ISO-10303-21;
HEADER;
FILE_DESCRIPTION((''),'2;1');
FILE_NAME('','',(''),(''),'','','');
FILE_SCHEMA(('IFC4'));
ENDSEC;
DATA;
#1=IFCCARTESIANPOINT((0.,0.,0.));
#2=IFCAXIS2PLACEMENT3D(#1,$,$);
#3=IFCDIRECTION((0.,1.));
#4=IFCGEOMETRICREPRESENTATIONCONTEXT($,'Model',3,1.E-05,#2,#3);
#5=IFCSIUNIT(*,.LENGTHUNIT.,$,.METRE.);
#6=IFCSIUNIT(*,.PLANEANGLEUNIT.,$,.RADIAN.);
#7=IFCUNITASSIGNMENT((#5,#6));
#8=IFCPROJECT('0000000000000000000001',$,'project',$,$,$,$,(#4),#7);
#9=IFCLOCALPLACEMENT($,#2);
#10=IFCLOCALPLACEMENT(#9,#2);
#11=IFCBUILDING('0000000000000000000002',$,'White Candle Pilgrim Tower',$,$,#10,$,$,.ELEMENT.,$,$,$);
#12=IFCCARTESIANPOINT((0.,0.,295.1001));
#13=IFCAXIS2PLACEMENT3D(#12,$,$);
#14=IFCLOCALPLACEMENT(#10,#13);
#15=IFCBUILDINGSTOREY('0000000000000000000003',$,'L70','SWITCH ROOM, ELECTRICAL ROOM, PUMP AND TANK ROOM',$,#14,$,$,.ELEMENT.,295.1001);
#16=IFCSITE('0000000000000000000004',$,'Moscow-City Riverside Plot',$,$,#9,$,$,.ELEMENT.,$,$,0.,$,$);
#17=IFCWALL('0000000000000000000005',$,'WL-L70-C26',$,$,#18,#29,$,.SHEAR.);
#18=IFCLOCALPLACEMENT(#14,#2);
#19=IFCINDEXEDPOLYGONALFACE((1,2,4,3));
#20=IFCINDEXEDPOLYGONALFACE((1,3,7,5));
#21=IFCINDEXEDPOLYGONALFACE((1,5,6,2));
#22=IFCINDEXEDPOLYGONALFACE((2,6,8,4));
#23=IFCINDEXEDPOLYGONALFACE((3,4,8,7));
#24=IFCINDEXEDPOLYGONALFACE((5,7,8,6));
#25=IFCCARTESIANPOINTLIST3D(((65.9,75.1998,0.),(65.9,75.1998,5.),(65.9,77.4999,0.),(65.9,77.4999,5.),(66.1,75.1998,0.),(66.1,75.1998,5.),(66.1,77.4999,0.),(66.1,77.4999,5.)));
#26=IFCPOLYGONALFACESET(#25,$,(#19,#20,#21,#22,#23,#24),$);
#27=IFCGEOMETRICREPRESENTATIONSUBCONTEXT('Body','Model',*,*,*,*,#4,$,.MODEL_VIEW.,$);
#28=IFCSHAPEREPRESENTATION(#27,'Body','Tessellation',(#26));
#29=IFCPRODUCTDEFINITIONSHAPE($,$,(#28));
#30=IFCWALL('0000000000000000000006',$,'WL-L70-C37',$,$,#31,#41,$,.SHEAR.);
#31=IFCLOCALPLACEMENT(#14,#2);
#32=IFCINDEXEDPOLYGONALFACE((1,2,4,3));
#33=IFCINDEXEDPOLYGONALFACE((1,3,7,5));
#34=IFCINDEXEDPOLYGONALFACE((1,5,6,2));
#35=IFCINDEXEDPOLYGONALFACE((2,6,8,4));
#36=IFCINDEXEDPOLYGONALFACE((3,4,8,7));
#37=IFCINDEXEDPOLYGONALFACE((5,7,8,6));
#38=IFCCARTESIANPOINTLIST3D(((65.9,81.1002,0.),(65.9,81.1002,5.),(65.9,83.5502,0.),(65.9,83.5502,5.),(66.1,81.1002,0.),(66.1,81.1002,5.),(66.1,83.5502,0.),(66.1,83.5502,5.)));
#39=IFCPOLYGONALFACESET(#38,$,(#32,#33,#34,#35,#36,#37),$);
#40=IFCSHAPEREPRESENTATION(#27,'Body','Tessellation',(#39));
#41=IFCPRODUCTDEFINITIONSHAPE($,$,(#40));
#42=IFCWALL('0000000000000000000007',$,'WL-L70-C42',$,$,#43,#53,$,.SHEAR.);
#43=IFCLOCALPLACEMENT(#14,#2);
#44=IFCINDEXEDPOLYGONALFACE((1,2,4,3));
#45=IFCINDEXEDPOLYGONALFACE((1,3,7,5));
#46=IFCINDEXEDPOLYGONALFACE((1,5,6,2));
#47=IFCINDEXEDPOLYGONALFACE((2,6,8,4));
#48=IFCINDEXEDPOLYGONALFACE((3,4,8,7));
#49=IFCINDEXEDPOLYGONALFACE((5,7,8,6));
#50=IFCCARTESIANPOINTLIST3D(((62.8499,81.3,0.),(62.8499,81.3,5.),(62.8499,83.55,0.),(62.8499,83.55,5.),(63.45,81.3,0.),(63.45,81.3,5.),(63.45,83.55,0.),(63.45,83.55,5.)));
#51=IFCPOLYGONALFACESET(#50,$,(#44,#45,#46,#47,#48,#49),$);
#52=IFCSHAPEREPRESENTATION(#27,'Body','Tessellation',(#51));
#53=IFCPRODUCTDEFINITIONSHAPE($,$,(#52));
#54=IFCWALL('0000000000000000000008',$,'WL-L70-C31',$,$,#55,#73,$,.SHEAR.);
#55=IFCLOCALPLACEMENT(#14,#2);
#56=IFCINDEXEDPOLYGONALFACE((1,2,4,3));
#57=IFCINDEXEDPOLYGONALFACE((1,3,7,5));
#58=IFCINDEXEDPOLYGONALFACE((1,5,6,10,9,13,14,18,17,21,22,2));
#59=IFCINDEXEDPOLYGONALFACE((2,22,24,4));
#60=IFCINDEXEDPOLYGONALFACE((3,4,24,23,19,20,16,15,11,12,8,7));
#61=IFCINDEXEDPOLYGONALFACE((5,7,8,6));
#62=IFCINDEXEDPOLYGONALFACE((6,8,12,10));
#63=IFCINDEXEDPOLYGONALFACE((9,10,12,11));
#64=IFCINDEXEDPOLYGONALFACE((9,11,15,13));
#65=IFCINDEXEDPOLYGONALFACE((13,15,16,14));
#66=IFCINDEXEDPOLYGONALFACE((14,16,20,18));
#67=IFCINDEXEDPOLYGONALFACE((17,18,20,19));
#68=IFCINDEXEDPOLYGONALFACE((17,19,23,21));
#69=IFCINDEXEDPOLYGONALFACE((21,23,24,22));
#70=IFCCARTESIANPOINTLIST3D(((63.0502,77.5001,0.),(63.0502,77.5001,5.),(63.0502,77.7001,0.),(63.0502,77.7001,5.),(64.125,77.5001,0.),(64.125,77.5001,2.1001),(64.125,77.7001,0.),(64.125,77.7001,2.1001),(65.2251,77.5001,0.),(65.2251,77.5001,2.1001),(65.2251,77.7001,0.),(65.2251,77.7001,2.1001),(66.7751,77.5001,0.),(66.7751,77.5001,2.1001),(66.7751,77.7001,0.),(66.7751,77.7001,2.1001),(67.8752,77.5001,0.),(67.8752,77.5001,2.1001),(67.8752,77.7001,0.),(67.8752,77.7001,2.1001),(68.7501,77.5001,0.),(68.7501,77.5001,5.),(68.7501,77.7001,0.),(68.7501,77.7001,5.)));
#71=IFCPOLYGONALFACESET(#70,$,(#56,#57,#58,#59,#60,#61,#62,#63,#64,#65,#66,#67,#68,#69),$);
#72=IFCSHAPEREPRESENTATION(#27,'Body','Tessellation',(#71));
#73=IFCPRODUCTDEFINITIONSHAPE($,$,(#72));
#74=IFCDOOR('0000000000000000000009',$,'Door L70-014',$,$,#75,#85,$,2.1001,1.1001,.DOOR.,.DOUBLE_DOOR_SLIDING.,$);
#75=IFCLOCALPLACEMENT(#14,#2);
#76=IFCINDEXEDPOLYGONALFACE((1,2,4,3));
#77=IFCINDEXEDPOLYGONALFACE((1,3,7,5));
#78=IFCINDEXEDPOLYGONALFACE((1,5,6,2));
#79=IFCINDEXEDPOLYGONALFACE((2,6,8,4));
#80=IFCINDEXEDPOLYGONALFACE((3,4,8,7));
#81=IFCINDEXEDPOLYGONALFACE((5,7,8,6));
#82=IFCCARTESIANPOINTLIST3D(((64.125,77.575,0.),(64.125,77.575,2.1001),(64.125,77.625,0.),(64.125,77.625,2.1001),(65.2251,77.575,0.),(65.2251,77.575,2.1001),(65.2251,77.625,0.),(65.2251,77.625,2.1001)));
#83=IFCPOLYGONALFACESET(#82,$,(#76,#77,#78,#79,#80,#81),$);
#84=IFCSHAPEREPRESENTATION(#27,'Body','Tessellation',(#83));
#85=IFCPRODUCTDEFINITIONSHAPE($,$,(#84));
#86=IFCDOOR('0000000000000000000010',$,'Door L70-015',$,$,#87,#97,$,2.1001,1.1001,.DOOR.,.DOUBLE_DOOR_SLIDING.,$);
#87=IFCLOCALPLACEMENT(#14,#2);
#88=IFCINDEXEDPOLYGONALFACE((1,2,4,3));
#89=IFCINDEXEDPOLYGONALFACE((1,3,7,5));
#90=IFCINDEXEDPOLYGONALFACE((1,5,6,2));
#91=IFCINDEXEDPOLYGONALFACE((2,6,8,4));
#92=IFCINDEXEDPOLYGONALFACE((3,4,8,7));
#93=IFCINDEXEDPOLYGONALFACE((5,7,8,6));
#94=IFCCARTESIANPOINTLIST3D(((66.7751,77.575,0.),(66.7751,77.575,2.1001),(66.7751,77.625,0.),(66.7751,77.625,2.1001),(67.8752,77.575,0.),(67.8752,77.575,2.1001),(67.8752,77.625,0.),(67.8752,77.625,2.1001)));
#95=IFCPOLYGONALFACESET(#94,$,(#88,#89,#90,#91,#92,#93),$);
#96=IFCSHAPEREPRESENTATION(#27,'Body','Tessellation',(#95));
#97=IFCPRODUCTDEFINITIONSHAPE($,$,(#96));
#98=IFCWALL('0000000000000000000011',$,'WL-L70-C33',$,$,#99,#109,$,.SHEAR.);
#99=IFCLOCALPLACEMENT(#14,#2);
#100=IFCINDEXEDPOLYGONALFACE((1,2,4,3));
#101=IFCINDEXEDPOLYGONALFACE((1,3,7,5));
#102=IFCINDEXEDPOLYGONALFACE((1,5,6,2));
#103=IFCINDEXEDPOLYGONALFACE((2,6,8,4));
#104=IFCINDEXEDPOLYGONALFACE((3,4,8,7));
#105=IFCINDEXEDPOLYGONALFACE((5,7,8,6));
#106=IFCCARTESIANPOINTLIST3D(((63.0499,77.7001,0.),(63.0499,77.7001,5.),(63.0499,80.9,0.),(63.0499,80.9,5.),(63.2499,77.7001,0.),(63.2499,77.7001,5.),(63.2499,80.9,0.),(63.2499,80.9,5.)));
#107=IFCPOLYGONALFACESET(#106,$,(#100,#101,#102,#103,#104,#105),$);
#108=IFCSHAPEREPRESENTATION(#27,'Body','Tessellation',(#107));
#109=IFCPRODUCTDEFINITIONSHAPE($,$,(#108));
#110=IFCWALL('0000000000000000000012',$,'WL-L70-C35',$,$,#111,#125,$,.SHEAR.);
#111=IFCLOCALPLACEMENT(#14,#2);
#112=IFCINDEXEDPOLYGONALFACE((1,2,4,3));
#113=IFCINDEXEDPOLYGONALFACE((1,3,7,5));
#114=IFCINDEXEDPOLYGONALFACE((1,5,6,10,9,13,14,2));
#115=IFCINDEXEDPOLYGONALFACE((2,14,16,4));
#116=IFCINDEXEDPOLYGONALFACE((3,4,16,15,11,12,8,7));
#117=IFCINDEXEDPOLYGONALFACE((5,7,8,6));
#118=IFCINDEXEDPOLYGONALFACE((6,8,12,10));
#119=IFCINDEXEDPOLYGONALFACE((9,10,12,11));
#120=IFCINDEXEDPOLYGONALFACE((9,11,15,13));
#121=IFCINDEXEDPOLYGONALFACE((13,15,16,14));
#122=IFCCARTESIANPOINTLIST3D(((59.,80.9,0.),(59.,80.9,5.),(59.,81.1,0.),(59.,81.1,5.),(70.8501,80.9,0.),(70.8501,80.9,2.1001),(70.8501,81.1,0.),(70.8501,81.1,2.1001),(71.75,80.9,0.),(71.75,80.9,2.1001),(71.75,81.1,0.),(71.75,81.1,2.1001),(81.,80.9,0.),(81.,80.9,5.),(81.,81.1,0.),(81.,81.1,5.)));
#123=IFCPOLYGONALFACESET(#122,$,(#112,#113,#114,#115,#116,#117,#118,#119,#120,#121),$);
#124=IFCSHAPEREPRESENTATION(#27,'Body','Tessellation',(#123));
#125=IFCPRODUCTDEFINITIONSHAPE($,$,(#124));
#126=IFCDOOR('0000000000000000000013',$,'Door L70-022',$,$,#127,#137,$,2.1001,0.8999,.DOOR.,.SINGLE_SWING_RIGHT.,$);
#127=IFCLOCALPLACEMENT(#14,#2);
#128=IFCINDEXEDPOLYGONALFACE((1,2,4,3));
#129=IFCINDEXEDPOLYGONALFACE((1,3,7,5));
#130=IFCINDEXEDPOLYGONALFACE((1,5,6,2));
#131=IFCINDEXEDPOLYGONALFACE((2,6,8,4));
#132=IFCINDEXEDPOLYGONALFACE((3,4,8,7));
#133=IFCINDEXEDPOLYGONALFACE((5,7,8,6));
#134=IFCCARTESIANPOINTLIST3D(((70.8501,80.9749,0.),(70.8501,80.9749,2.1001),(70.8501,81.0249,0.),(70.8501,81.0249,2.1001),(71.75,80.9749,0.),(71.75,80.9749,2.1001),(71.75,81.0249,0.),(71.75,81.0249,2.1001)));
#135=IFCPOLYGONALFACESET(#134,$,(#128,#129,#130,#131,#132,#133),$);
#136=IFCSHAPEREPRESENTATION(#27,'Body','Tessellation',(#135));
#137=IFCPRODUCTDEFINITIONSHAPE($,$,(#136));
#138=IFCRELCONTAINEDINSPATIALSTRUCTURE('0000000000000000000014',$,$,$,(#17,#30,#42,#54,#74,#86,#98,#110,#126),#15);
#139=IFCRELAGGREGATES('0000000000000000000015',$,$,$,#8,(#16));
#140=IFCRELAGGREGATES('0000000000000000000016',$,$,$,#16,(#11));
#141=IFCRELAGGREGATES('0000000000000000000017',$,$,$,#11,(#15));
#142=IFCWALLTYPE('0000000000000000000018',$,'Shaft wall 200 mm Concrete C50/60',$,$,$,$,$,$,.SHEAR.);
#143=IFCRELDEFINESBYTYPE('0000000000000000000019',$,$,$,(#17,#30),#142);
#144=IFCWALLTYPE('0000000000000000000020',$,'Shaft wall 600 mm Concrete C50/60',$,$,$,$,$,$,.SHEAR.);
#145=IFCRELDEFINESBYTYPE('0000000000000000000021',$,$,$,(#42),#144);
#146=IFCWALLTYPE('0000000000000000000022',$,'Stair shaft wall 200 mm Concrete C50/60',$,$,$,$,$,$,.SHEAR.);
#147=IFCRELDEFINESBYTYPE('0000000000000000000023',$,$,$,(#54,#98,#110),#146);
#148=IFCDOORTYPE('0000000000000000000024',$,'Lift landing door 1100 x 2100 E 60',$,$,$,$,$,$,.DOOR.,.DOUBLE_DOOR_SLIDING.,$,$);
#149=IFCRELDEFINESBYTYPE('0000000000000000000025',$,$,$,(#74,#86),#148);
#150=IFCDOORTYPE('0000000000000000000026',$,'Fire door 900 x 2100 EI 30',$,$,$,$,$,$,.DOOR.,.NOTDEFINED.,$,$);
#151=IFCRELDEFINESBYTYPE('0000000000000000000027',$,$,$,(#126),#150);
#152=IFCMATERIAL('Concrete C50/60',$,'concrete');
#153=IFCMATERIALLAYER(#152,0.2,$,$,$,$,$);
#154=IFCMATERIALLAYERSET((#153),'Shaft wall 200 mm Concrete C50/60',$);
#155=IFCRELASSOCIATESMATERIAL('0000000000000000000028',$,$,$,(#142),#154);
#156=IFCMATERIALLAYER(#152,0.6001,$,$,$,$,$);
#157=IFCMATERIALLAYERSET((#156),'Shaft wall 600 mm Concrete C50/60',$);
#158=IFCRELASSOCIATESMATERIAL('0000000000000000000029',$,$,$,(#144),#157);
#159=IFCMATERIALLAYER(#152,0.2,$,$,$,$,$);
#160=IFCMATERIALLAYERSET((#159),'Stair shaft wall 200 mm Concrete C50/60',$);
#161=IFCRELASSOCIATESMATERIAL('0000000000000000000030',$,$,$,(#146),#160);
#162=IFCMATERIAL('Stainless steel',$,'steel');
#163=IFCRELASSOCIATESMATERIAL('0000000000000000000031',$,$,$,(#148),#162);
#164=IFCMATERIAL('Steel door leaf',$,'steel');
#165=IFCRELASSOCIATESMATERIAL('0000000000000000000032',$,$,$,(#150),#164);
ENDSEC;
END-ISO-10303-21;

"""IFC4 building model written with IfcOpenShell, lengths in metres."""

from ifc_helpers import new_model, si_unit, direction, frame, frame_2d, origin, place, context, subcontext, project, spatial, rectangle, extrude, material, layer, layer_set, type_object, element, fill, save


model = new_model("IFC4")

# Units and contexts
model_context = context("Model", 3, precision=1e-05, world=origin(), true_north=direction((0.0, 1.0)))
body_context = subcontext(model_context, "Body", "Model", "MODEL_VIEW")
ifc_project = project(units=[si_unit("LENGTHUNIT", "METRE"), si_unit("PLANEANGLEUNIT", "RADIAN")], contexts=[model_context])

# Site, building, storey
site_placement = place(None, origin())
site = spatial("IfcSite", under=ifc_project, at=site_placement, Name="Moscow-City Riverside Plot", CompositionType="ELEMENT", RefElevation=0.0)
building_placement = place(site_placement, origin())
building = spatial("IfcBuilding", under=site, at=building_placement, Name="White Candle Pilgrim Tower", CompositionType="ELEMENT")
storey_placement = place(building_placement, frame((0.0, 0.0, 295.1001)))
storey = spatial("IfcBuildingStorey", under=building, at=storey_placement, Name="L70", Description="SWITCH ROOM, ELECTRICAL ROOM, PUMP AND TANK ROOM", CompositionType="ELEMENT", Elevation=295.1001)

# Shared definitions
ifc_material_1 = material(Name="Concrete C50/60", Category="concrete")

# Shared definitions
ifc_material_2 = material(Name="Stainless steel", Category="steel")

# Shared definitions
ifc_material_3 = material(Name="Steel door leaf", Category="steel")

# Walls
ifc_layer_1 = layer(ifc_material_1, 0.2)
ifc_layer_set_1 = layer_set([ifc_layer_1], Name="Shaft wall 200 mm Concrete C50/60")
wall_type_1 = type_object("IfcWallType", Name="Shaft wall 200 mm Concrete C50/60", PredefinedType="SHEAR", material=ifc_layer_set_1)
wall_1_placement = place(storey_placement, frame((66.0, 75.2, 0.0), z_axis=(0.0, 0.0, 1.0), x_axis=(0.0, 1.0, 0.0)))
element("IfcWall", 1, at=wall_1_placement, inside=storey, type_object=wall_type_1, Name="WL-L70-C26", PredefinedType="SHEAR", context=body_context, shape_type="SweptSolid", body=[
    extrude(rectangle(XDim=2.3, YDim=0.2, at=frame_2d((1.1499, 0.0))), origin(), (0.0, 0.0, 1.0), 5.0),
])
wall_2_placement = place(storey_placement, frame((66.0, 81.1001, 0.0), z_axis=(0.0, 0.0, 1.0), x_axis=(0.0, 1.0, 0.0)))
element("IfcWall", 2, at=wall_2_placement, inside=storey, type_object=wall_type_1, Name="WL-L70-C37", PredefinedType="SHEAR", context=body_context, shape_type="SweptSolid", body=[
    extrude(rectangle(XDim=2.45, YDim=0.2, at=frame_2d((1.2251, 0.0))), origin(), (0.0, 0.0, 1.0), 5.0),
])
ifc_layer_2 = layer(ifc_material_1, 0.6001)
ifc_layer_set_2 = layer_set([ifc_layer_2], Name="Shaft wall 600 mm Concrete C50/60")
wall_type_2 = type_object("IfcWallType", Name="Shaft wall 600 mm Concrete C50/60", PredefinedType="SHEAR", material=ifc_layer_set_2)
wall_3_placement = place(storey_placement, frame((63.1499, 81.3, 0.0), z_axis=(0.0, 0.0, 1.0), x_axis=(0.0, 1.0, 0.0)))
element("IfcWall", 3, at=wall_3_placement, inside=storey, type_object=wall_type_2, Name="WL-L70-C42", PredefinedType="SHEAR", context=body_context, shape_type="SweptSolid", body=[
    extrude(rectangle(XDim=2.25, YDim=0.6001, at=frame_2d((1.125, 0.0))), origin(), (0.0, 0.0, 1.0), 5.0),
])

# Wall, openings, doors
ifc_layer_3 = layer(ifc_material_1, 0.2)
ifc_layer_set_3 = layer_set([ifc_layer_3], Name="Stair shaft wall 200 mm Concrete C50/60")
wall_type_3 = type_object("IfcWallType", Name="Stair shaft wall 200 mm Concrete C50/60", PredefinedType="SHEAR", material=ifc_layer_set_3)
wall_4_placement = place(storey_placement, frame((63.05, 77.6001, 0.0), z_axis=(0.0, 0.0, 1.0), x_axis=(1.0, 0.0, 0.0)))
wall_4 = element("IfcWall", 4, at=wall_4_placement, inside=storey, type_object=wall_type_3, Name="WL-L70-C31", PredefinedType="SHEAR", context=body_context, shape_type="SweptSolid", body=[
    extrude(rectangle(XDim=5.7, YDim=0.2, at=frame_2d((2.8501, 0.0))), origin(), (0.0, 0.0, 1.0), 5.0),
])
opening_1_placement = place(wall_4_placement, frame((1.075, 0.0, 0.0)))
opening_1 = element("IfcOpeningElement", 5, at=opening_1_placement, cuts=wall_4, PredefinedType="OPENING", context=body_context, shape_type="SweptSolid", body=[
    extrude(rectangle(XDim=1.1001, YDim=2.1001, at=frame_2d((0.55, 1.05))), frame((0.0, 0.1099, 0.0), z_axis=(0.0, -1.0, 0.0), x_axis=(1.0, 0.0, 0.0)), (0.0, 0.0, 1.0), 0.22),
])
opening_2_placement = place(wall_4_placement, frame((3.7251, 0.0, 0.0)))
opening_2 = element("IfcOpeningElement", 6, at=opening_2_placement, cuts=wall_4, PredefinedType="OPENING", context=body_context, shape_type="SweptSolid", body=[
    extrude(rectangle(XDim=1.1001, YDim=2.1001, at=frame_2d((0.55, 1.05))), frame((0.0, 0.1099, 0.0), z_axis=(0.0, -1.0, 0.0), x_axis=(1.0, 0.0, 0.0)), (0.0, 0.0, 1.0), 0.22),
])
door_type_1 = type_object("IfcDoorType", Name="Lift landing door 1100 x 2100 E 60", OperationType="DOUBLE_DOOR_SLIDING", PredefinedType="DOOR", material=ifc_material_2)
door_1_placement = place(opening_1_placement, origin())
door_1 = element("IfcDoor", 7, at=door_1_placement, inside=storey, type_object=door_type_1, Name="Door L70-014", OperationType="DOUBLE_DOOR_SLIDING", OverallHeight=2.1001, OverallWidth=1.1001, PredefinedType="DOOR", context=body_context, shape_type="SweptSolid", body=[
    extrude(rectangle(XDim=1.1001, YDim=2.1001, at=frame_2d((0.55, 1.05))), frame((0.0, 0.0249, 0.0), z_axis=(0.0, -1.0, 0.0), x_axis=(1.0, 0.0, 0.0)), (0.0, 0.0, 1.0), 0.05),
])
fill(opening_1, door_1)
door_2_placement = place(opening_2_placement, origin())
door_2 = element("IfcDoor", 8, at=door_2_placement, inside=storey, type_object=door_type_1, Name="Door L70-015", OperationType="DOUBLE_DOOR_SLIDING", OverallHeight=2.1001, OverallWidth=1.1001, PredefinedType="DOOR", context=body_context, shape_type="SweptSolid", body=[
    extrude(rectangle(XDim=1.1001, YDim=2.1001, at=frame_2d((0.55, 1.05))), frame((0.0, 0.0249, 0.0), z_axis=(0.0, -1.0, 0.0), x_axis=(1.0, 0.0, 0.0)), (0.0, 0.0, 1.0), 0.05),
])
fill(opening_2, door_2)

# Wall
wall_5_placement = place(storey_placement, frame((63.1499, 77.7, 0.0), z_axis=(0.0, 0.0, 1.0), x_axis=(0.0, 1.0, 0.0)))
element("IfcWall", 9, at=wall_5_placement, inside=storey, type_object=wall_type_3, Name="WL-L70-C33", PredefinedType="SHEAR", context=body_context, shape_type="SweptSolid", body=[
    extrude(rectangle(XDim=3.2, YDim=0.2, at=frame_2d((1.6001, 0.0))), origin(), (0.0, 0.0, 1.0), 5.0),
])

# Wall, opening, door
wall_6_placement = place(storey_placement, frame((59.0, 81.0, 0.0), z_axis=(0.0, 0.0, 1.0), x_axis=(1.0, 0.0, 0.0)))
wall_6 = element("IfcWall", 10, at=wall_6_placement, inside=storey, type_object=wall_type_3, Name="WL-L70-C35", PredefinedType="SHEAR", context=body_context, shape_type="SweptSolid", body=[
    extrude(rectangle(XDim=22.0, YDim=0.2, at=frame_2d((11.0, 0.0))), origin(), (0.0, 0.0, 1.0), 5.0),
])
opening_3_placement = place(wall_6_placement, frame((11.8501, 0.0, 0.0)))
opening_3 = element("IfcOpeningElement", 11, at=opening_3_placement, cuts=wall_6, PredefinedType="OPENING", context=body_context, shape_type="SweptSolid", body=[
    extrude(rectangle(XDim=0.8999, YDim=2.1001, at=frame_2d((0.45, 1.05))), frame((0.0, 0.1099, 0.0), z_axis=(0.0, -1.0, 0.0), x_axis=(1.0, 0.0, 0.0)), (0.0, 0.0, 1.0), 0.22),
])
door_type_2 = type_object("IfcDoorType", Name="Fire door 900 x 2100 EI 30", OperationType="NOTDEFINED", PredefinedType="DOOR", material=ifc_material_3)
door_3_placement = place(opening_3_placement, origin())
door_3 = element("IfcDoor", 12, at=door_3_placement, inside=storey, type_object=door_type_2, Name="Door L70-022", OperationType="SINGLE_SWING_RIGHT", OverallHeight=2.1001, OverallWidth=0.8999, PredefinedType="DOOR", context=body_context, shape_type="SweptSolid", body=[
    extrude(rectangle(XDim=0.8999, YDim=2.1001, at=frame_2d((0.45, 1.05))), frame((0.0, 0.0249, 0.0), z_axis=(0.0, -1.0, 0.0), x_axis=(1.0, 0.0, 0.0)), (0.0, 0.0, 1.0), 0.05),
])
fill(opening_3, door_3)

save(model, "model.ifc")
